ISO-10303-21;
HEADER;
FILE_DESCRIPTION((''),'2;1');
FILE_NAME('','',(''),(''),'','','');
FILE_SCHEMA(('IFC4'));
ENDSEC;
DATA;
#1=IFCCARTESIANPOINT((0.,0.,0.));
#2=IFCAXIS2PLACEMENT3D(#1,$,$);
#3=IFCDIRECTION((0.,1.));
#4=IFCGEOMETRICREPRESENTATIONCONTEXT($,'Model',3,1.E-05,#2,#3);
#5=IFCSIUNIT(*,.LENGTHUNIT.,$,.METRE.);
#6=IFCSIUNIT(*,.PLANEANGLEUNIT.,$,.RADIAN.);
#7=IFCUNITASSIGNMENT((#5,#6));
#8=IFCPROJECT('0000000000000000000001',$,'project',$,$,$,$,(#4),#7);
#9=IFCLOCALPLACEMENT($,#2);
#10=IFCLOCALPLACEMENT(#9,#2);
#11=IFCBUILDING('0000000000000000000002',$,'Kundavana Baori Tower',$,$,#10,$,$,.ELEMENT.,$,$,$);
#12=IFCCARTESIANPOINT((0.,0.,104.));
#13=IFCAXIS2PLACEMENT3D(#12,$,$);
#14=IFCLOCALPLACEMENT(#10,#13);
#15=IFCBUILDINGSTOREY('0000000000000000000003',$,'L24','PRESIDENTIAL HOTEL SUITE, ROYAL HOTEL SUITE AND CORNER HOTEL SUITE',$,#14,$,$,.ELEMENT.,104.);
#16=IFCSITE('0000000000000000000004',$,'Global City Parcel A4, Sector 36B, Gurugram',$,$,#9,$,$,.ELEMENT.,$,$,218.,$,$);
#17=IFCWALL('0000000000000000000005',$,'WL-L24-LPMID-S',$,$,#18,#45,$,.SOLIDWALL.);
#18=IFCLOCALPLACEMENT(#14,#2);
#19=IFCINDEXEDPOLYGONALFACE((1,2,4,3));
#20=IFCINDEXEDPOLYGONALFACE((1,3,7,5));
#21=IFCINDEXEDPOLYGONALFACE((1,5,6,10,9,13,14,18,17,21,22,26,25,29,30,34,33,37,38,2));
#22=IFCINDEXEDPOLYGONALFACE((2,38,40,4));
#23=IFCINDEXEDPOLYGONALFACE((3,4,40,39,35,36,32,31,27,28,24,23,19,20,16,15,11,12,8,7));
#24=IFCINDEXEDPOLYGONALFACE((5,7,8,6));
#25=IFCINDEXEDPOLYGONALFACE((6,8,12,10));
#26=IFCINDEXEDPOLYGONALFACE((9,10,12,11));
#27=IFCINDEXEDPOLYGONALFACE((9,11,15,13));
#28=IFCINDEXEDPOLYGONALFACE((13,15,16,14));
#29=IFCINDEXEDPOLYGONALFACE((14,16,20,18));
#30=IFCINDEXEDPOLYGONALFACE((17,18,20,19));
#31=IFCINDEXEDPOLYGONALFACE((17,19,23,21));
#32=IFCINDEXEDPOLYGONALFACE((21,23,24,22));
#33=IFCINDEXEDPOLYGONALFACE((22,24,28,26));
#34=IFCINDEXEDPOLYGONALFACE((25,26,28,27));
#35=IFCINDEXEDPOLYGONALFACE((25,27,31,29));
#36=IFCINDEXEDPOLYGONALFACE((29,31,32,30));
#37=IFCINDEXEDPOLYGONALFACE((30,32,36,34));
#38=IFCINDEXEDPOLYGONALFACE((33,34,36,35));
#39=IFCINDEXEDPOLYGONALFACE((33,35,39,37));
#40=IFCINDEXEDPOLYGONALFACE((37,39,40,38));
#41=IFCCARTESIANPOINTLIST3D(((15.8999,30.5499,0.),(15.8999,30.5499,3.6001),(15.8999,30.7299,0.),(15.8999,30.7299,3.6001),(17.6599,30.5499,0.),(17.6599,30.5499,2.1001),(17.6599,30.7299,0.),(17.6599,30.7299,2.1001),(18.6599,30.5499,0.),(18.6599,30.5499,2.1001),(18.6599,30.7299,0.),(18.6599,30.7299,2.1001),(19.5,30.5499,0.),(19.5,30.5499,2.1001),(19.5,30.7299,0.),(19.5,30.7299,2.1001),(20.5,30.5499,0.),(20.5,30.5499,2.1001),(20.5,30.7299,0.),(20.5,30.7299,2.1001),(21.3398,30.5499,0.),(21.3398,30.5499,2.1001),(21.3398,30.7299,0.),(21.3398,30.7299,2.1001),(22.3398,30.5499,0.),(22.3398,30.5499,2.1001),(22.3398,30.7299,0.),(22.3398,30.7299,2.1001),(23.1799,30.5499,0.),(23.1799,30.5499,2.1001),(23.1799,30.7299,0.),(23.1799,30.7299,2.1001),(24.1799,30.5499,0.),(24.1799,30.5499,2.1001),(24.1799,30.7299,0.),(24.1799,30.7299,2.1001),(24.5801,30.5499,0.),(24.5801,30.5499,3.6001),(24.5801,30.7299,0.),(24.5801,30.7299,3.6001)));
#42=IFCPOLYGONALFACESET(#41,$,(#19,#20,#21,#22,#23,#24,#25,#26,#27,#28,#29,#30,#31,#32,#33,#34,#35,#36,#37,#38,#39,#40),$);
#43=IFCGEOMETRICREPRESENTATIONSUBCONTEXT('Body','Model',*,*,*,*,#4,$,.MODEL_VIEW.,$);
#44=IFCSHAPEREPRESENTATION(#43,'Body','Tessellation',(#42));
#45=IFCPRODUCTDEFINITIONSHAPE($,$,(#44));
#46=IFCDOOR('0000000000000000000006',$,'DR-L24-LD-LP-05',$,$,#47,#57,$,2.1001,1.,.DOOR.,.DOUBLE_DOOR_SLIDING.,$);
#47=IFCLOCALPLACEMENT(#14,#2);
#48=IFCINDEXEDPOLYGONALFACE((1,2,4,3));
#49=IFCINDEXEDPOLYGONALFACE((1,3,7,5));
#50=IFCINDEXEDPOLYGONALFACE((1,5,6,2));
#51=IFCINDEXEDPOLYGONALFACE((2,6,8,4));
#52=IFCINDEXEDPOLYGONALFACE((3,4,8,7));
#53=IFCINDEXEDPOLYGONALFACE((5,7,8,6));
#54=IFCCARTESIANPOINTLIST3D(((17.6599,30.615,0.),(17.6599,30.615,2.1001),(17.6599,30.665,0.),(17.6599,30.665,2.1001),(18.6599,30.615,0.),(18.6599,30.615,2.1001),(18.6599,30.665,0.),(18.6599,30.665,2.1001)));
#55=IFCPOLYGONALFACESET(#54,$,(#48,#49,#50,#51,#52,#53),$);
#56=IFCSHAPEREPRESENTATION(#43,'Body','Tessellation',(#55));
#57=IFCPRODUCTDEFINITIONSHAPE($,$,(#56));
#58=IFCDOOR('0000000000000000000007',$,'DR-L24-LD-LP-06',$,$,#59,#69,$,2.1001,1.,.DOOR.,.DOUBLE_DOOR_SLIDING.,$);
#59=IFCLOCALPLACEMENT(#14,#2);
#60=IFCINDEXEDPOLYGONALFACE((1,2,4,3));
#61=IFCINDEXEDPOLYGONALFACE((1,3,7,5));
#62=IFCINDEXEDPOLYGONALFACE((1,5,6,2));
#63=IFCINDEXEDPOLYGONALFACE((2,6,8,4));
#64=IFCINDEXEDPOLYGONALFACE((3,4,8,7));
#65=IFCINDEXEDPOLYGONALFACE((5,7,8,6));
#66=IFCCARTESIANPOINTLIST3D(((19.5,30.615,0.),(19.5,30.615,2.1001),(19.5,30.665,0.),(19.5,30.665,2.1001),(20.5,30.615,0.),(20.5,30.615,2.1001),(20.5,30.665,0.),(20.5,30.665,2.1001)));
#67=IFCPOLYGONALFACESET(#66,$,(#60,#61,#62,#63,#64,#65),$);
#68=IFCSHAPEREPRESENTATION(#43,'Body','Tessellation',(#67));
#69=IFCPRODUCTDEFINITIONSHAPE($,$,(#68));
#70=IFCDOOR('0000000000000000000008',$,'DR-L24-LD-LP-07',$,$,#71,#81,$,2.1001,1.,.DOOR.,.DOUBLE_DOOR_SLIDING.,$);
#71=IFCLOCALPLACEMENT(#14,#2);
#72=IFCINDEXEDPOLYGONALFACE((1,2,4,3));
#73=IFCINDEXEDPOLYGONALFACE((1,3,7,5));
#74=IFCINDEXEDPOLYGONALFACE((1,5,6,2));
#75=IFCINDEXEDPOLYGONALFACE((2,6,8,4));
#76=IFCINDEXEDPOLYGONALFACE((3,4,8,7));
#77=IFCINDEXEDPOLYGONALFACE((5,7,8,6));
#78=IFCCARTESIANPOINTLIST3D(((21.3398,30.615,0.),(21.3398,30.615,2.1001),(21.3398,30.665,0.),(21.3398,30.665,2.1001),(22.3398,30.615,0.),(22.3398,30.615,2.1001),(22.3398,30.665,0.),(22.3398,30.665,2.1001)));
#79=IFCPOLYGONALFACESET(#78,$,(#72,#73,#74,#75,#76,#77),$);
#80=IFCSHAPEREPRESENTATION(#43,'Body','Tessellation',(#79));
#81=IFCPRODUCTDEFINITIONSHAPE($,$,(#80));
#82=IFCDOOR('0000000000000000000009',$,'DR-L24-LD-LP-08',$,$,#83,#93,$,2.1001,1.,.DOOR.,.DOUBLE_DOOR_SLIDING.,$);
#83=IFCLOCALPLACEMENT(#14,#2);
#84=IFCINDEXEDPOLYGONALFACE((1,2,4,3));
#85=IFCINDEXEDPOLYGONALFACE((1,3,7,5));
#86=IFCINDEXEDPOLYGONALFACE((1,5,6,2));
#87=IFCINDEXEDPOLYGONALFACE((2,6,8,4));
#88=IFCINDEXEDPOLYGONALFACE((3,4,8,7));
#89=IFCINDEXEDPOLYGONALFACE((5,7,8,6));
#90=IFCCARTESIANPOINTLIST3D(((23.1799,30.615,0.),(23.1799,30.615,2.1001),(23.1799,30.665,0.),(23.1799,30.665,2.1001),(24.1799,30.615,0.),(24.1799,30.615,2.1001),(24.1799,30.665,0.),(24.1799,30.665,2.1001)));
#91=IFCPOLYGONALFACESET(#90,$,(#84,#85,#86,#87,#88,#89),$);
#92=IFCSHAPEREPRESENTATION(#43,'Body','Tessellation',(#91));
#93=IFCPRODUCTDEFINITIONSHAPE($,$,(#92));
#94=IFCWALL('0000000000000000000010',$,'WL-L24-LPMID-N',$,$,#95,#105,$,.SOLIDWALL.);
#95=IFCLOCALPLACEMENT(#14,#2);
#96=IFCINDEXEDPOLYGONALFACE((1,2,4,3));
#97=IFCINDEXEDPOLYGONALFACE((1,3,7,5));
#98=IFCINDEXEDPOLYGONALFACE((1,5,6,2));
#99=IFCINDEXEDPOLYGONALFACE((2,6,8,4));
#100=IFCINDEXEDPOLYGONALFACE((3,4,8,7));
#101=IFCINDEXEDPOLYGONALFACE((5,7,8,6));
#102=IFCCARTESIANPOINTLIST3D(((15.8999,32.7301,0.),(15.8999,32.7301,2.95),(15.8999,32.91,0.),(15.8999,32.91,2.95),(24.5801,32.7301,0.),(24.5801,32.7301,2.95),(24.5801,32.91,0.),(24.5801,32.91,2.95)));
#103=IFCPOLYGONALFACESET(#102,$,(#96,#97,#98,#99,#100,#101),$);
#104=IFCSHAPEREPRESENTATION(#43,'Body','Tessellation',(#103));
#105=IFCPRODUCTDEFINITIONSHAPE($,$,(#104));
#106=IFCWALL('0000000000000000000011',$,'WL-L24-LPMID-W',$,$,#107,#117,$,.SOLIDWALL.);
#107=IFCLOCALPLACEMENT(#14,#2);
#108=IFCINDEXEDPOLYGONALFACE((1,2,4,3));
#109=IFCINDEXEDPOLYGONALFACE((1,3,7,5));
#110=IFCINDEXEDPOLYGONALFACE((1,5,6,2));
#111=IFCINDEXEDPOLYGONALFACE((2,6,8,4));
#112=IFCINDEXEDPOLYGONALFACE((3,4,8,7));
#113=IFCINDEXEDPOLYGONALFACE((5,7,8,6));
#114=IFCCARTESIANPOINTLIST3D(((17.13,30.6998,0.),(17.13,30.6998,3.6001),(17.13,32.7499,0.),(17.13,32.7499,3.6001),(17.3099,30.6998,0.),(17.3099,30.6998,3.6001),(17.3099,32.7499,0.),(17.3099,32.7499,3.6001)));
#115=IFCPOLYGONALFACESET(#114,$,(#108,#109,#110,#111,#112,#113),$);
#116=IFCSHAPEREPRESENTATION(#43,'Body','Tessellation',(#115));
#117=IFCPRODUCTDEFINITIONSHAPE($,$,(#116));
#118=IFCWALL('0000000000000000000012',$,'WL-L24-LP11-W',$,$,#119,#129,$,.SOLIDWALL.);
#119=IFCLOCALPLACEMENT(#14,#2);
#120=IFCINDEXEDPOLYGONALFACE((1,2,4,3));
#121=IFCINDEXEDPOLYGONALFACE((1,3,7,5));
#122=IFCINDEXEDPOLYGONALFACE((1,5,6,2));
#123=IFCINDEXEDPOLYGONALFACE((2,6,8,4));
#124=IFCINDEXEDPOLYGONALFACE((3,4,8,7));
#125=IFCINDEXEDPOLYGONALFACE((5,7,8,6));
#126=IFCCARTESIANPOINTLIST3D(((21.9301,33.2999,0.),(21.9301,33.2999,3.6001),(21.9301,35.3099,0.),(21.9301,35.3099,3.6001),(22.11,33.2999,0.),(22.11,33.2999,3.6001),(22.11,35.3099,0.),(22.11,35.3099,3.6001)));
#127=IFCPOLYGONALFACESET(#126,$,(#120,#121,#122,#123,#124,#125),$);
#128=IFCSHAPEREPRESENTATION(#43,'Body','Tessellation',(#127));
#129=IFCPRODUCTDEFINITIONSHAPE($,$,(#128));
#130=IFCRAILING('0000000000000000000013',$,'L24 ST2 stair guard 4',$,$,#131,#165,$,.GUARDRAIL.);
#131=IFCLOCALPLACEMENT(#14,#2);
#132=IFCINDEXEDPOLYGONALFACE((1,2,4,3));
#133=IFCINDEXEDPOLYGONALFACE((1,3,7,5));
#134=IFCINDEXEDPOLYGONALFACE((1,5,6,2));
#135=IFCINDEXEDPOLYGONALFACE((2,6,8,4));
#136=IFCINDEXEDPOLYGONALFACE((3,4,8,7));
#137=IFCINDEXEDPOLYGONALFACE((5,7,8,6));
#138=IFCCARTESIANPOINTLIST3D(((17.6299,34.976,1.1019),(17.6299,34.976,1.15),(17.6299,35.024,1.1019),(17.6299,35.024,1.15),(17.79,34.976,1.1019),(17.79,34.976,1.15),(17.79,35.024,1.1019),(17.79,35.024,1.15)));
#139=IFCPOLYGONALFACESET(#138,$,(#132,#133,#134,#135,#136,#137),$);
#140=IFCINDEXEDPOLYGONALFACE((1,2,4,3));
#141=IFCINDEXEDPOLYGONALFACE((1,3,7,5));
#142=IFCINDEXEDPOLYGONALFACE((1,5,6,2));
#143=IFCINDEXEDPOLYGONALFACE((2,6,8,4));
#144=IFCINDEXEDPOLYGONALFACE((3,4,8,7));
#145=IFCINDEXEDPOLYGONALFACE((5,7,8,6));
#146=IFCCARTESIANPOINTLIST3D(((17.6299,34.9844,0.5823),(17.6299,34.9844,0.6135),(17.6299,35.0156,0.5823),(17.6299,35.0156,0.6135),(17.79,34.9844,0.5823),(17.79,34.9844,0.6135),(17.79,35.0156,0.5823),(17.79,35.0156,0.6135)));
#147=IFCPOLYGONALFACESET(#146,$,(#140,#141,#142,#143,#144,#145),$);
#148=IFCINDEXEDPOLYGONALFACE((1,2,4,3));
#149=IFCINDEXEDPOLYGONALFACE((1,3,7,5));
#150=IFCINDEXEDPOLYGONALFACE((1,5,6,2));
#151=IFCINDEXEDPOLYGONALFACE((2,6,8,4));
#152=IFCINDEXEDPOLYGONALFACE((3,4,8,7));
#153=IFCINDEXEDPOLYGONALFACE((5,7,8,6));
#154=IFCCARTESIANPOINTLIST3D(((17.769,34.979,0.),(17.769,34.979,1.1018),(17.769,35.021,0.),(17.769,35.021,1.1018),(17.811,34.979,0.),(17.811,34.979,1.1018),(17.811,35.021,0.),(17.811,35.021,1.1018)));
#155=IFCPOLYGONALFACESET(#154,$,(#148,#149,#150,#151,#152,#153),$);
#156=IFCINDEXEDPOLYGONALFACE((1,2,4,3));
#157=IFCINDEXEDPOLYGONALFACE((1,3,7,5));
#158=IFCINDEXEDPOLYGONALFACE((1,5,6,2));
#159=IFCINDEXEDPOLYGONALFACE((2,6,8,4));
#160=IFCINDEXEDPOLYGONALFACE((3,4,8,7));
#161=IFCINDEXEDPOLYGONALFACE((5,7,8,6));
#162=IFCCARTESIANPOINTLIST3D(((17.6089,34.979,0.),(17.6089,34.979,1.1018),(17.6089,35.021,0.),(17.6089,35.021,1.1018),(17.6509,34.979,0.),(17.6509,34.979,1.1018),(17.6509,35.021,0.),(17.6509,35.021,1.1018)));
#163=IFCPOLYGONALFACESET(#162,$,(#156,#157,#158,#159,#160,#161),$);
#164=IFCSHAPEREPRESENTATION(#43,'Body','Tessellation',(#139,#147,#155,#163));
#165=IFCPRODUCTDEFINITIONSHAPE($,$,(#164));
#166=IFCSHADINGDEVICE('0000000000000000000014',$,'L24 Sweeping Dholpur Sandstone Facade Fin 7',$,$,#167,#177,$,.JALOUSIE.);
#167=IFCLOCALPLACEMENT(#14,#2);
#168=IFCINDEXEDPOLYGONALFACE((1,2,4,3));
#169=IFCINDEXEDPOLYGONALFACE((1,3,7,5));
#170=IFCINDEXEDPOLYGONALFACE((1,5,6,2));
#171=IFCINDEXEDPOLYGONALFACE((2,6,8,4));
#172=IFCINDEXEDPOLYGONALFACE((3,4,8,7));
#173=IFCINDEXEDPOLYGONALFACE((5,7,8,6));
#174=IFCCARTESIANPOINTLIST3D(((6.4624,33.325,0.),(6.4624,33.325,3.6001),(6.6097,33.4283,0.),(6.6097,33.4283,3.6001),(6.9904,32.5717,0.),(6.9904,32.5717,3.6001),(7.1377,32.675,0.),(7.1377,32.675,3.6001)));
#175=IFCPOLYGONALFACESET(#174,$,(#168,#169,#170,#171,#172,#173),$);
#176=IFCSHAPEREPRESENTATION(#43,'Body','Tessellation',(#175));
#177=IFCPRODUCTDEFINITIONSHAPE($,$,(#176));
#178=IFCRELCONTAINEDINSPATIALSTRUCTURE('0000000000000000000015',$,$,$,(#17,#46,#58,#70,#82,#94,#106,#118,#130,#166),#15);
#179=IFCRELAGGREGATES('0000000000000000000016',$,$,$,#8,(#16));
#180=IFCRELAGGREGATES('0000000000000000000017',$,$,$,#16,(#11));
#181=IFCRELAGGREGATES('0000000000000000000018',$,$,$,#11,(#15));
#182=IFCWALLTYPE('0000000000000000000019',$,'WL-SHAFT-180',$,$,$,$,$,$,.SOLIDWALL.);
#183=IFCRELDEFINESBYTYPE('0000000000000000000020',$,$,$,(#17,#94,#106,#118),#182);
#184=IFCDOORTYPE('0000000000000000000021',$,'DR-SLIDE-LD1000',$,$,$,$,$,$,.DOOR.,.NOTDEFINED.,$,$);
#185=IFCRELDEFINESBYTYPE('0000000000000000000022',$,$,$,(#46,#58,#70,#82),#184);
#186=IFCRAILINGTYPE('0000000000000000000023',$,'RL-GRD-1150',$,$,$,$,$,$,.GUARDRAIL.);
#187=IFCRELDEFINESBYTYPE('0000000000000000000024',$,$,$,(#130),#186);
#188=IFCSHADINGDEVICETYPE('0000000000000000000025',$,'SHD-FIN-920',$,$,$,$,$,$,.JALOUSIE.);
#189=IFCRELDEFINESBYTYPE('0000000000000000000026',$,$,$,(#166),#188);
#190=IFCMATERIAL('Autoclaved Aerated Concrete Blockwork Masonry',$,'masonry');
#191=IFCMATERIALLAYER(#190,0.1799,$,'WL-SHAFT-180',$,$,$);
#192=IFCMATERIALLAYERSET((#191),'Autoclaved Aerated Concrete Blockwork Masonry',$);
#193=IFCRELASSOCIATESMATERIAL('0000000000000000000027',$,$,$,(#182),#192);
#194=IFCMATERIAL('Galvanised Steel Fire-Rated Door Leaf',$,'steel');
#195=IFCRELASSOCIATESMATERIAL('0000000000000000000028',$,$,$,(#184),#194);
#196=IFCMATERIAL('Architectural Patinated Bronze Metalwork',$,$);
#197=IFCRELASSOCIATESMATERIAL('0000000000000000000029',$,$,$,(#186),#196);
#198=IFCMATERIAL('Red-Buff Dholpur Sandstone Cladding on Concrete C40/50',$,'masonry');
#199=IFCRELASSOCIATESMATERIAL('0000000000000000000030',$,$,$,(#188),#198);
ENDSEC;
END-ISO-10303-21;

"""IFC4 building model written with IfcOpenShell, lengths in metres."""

from ifc_helpers import new_model, si_unit, direction, frame, frame_2d, origin, origin_2d, place, context, subcontext, project, spatial, rectangle, extrude, material, layer, layer_set, type_object, element, fill, save


model = new_model("IFC4")

# Units and contexts
model_context = context("Model", 3, precision=1e-05, world=origin(), true_north=direction((0.0, 1.0)))
body_context = subcontext(model_context, "Body", "Model", "MODEL_VIEW")
ifc_project = project(units=[si_unit("LENGTHUNIT", "METRE"), si_unit("PLANEANGLEUNIT", "RADIAN")], contexts=[model_context])

# Site, building, storey
site_placement = place(None, origin())
site = spatial("IfcSite", under=ifc_project, at=site_placement, Name="Global City Parcel A4, Sector 36B, Gurugram", CompositionType="ELEMENT", RefElevation=218.0)
building_placement = place(site_placement, origin())
building = spatial("IfcBuilding", under=site, at=building_placement, Name="Kundavana Baori Tower", CompositionType="ELEMENT")
storey_placement = place(building_placement, frame((0.0, 0.0, 104.0)))
storey = spatial("IfcBuildingStorey", under=building, at=storey_placement, Name="L24", Description="PRESIDENTIAL HOTEL SUITE, ROYAL HOTEL SUITE AND CORNER HOTEL SUITE", CompositionType="ELEMENT", Elevation=104.0)

# Shared definitions
ifc_material_1 = material(Name="Autoclaved Aerated Concrete Blockwork Masonry", Category="masonry")
ifc_layer_1 = layer(ifc_material_1, 0.1799, Name="WL-SHAFT-180")
ifc_layer_set_1 = layer_set([ifc_layer_1], Name="Autoclaved Aerated Concrete Blockwork Masonry")
wall_type_1 = type_object("IfcWallType", Name="WL-SHAFT-180", PredefinedType="SOLIDWALL", material=ifc_layer_set_1)

# Wall, openings, doors
wall_1_placement = place(storey_placement, frame((15.8999, 30.6399, 0.0), z_axis=(0.0, 0.0, 1.0), x_axis=(1.0, 0.0, 0.0)))
wall_1 = element("IfcWall", 1, at=wall_1_placement, inside=storey, type_object=wall_type_1, Name="WL-L24-LPMID-S", PredefinedType="SOLIDWALL", context=body_context, shape_type="SweptSolid", body=[
    extrude(rectangle(XDim=8.6802, YDim=0.1799, at=frame_2d((4.3401, 0.0))), origin(), (0.0, 0.0, 1.0), 3.6001),
])
opening_1_placement = place(wall_1_placement, frame((1.76, 0.0, 0.0)))
opening_1 = element("IfcOpeningElement", 2, at=opening_1_placement, cuts=wall_1, PredefinedType="OPENING", context=body_context, shape_type="SweptSolid", body=[
    extrude(rectangle(XDim=1.0, YDim=2.1001, at=frame_2d((0.5, 1.05))), frame((0.0, 0.1001, 0.0), z_axis=(0.0, -1.0, 0.0), x_axis=(1.0, 0.0, 0.0)), (0.0, 0.0, 1.0), 0.2),
])
opening_2_placement = place(wall_1_placement, frame((3.6001, 0.0, 0.0)))
opening_2 = element("IfcOpeningElement", 3, at=opening_2_placement, cuts=wall_1, PredefinedType="OPENING", context=body_context, shape_type="SweptSolid", body=[
    extrude(rectangle(XDim=1.0, YDim=2.1001, at=frame_2d((0.5, 1.05))), frame((0.0, 0.1001, 0.0), z_axis=(0.0, -1.0, 0.0), x_axis=(1.0, 0.0, 0.0)), (0.0, 0.0, 1.0), 0.2),
])
opening_3_placement = place(wall_1_placement, frame((5.4399, 0.0, 0.0)))
opening_3 = element("IfcOpeningElement", 4, at=opening_3_placement, cuts=wall_1, PredefinedType="OPENING", context=body_context, shape_type="SweptSolid", body=[
    extrude(rectangle(XDim=1.0, YDim=2.1001, at=frame_2d((0.5, 1.05))), frame((0.0, 0.1001, 0.0), z_axis=(0.0, -1.0, 0.0), x_axis=(1.0, 0.0, 0.0)), (0.0, 0.0, 1.0), 0.2),
])
opening_4_placement = place(wall_1_placement, frame((7.28, 0.0, 0.0)))
opening_4 = element("IfcOpeningElement", 5, at=opening_4_placement, cuts=wall_1, PredefinedType="OPENING", context=body_context, shape_type="SweptSolid", body=[
    extrude(rectangle(XDim=1.0, YDim=2.1001, at=frame_2d((0.5, 1.05))), frame((0.0, 0.1001, 0.0), z_axis=(0.0, -1.0, 0.0), x_axis=(1.0, 0.0, 0.0)), (0.0, 0.0, 1.0), 0.2),
])
ifc_material_2 = material(Name="Galvanised Steel Fire-Rated Door Leaf", Category="steel")
door_type_1 = type_object("IfcDoorType", Name="DR-SLIDE-LD1000", OperationType="NOTDEFINED", PredefinedType="DOOR", material=ifc_material_2)
door_1_placement = place(opening_1_placement, frame((1.0, 0.0, 0.0), z_axis=(0.0, 0.0, 1.0), x_axis=(-1.0, 0.0, 0.0)))
door_1 = element("IfcDoor", 6, at=door_1_placement, inside=storey, type_object=door_type_1, Name="DR-L24-LD-LP-05", OperationType="DOUBLE_DOOR_SLIDING", OverallHeight=2.1001, OverallWidth=1.0, PredefinedType="DOOR", context=body_context, shape_type="SweptSolid", body=[
    extrude(rectangle(XDim=1.0, YDim=2.1001, at=frame_2d((0.5, 1.05))), frame((0.0, 0.0249, 0.0), z_axis=(0.0, -1.0, 0.0), x_axis=(1.0, 0.0, 0.0)), (0.0, 0.0, 1.0), 0.05),
])
fill(opening_1, door_1)
door_2_placement = place(opening_2_placement, frame((1.0, 0.0, 0.0), z_axis=(0.0, 0.0, 1.0), x_axis=(-1.0, 0.0, 0.0)))
door_2 = element("IfcDoor", 7, at=door_2_placement, inside=storey, type_object=door_type_1, Name="DR-L24-LD-LP-06", OperationType="DOUBLE_DOOR_SLIDING", OverallHeight=2.1001, OverallWidth=1.0, PredefinedType="DOOR", context=body_context, shape_type="SweptSolid", body=[
    extrude(rectangle(XDim=1.0, YDim=2.1001, at=frame_2d((0.5, 1.05))), frame((0.0, 0.0249, 0.0), z_axis=(0.0, -1.0, 0.0), x_axis=(1.0, 0.0, 0.0)), (0.0, 0.0, 1.0), 0.05),
])
fill(opening_2, door_2)
door_3_placement = place(opening_3_placement, frame((1.0, 0.0, 0.0), z_axis=(0.0, 0.0, 1.0), x_axis=(-1.0, 0.0, 0.0)))
door_3 = element("IfcDoor", 8, at=door_3_placement, inside=storey, type_object=door_type_1, Name="DR-L24-LD-LP-07", OperationType="DOUBLE_DOOR_SLIDING", OverallHeight=2.1001, OverallWidth=1.0, PredefinedType="DOOR", context=body_context, shape_type="SweptSolid", body=[
    extrude(rectangle(XDim=1.0, YDim=2.1001, at=frame_2d((0.5, 1.05))), frame((0.0, 0.0249, 0.0), z_axis=(0.0, -1.0, 0.0), x_axis=(1.0, 0.0, 0.0)), (0.0, 0.0, 1.0), 0.05),
])
fill(opening_3, door_3)
door_4_placement = place(opening_4_placement, frame((1.0, 0.0, 0.0), z_axis=(0.0, 0.0, 1.0), x_axis=(-1.0, 0.0, 0.0)))
door_4 = element("IfcDoor", 9, at=door_4_placement, inside=storey, type_object=door_type_1, Name="DR-L24-LD-LP-08", OperationType="DOUBLE_DOOR_SLIDING", OverallHeight=2.1001, OverallWidth=1.0, PredefinedType="DOOR", context=body_context, shape_type="SweptSolid", body=[
    extrude(rectangle(XDim=1.0, YDim=2.1001, at=frame_2d((0.5, 1.05))), frame((0.0, 0.0249, 0.0), z_axis=(0.0, -1.0, 0.0), x_axis=(1.0, 0.0, 0.0)), (0.0, 0.0, 1.0), 0.05),
])
fill(opening_4, door_4)

# Walls
wall_2_placement = place(storey_placement, frame((15.8999, 32.8201, 0.0), z_axis=(0.0, 0.0, 1.0), x_axis=(1.0, 0.0, 0.0)))
element("IfcWall", 10, at=wall_2_placement, inside=storey, type_object=wall_type_1, Name="WL-L24-LPMID-N", PredefinedType="SOLIDWALL", context=body_context, shape_type="SweptSolid", body=[
    extrude(rectangle(XDim=8.6802, YDim=0.1799, at=frame_2d((4.3401, 0.0))), origin(), (0.0, 0.0, 1.0), 2.95),
])
wall_3_placement = place(storey_placement, frame((17.22, 30.7, 0.0), z_axis=(0.0, 0.0, 1.0), x_axis=(0.0, 1.0, 0.0)))
element("IfcWall", 11, at=wall_3_placement, inside=storey, type_object=wall_type_1, Name="WL-L24-LPMID-W", PredefinedType="SOLIDWALL", context=body_context, shape_type="SweptSolid", body=[
    extrude(rectangle(XDim=2.05, YDim=0.1799, at=frame_2d((1.0249, 0.0))), origin(), (0.0, 0.0, 1.0), 3.6001),
])
wall_4_placement = place(storey_placement, frame((22.02, 33.3, 0.0), z_axis=(0.0, 0.0, 1.0), x_axis=(0.0, 1.0, 0.0)))
element("IfcWall", 12, at=wall_4_placement, inside=storey, type_object=wall_type_1, Name="WL-L24-LP11-W", PredefinedType="SOLIDWALL", context=body_context, shape_type="SweptSolid", body=[
    extrude(rectangle(XDim=2.01, YDim=0.1799, at=frame_2d((1.0049, 0.0))), origin(), (0.0, 0.0, 1.0), 3.6001),
])

# Railing
ifc_material_3 = material(Name="Architectural Patinated Bronze Metalwork")
railing_type = type_object("IfcRailingType", Name="RL-GRD-1150", PredefinedType="GUARDRAIL", material=ifc_material_3)
railing_placement = place(storey_placement, frame((17.79, 35.0, 0.0)))
element("IfcRailing", 13, at=railing_placement, inside=storey, type_object=railing_type, Name="L24 ST2 stair guard 4", PredefinedType="GUARDRAIL", context=body_context, shape_type="SweptSolid", body=[
    extrude(rectangle(XDim=0.0481, YDim=0.0481, at=origin_2d()), frame((0.0, 0.0, 1.126), z_axis=(-1.0, 0.0, 0.0), x_axis=(0.0, -1.0, 0.0)), (0.0, 0.0, 1.0), 0.1602),
    extrude(rectangle(XDim=0.0312, YDim=0.0312, at=origin_2d()), frame((0.0, 0.0, 0.5979), z_axis=(-1.0, 0.0, 0.0), x_axis=(0.0, -1.0, 0.0)), (0.0, 0.0, 1.0), 0.1602),
    extrude(rectangle(XDim=0.042, YDim=0.042, at=origin_2d()), origin(), (0.0, 0.0, 1.0), 1.1018),
    extrude(rectangle(XDim=0.042, YDim=0.042, at=origin_2d()), frame((-0.1602, 0.0, 0.0)), (0.0, 0.0, 1.0), 1.1018),
])

# Shading device
ifc_material_4 = material(Name="Red-Buff Dholpur Sandstone Cladding on Concrete C40/50", Category="masonry")
shading_device_type = type_object("IfcShadingDeviceType", Name="SHD-FIN-920", PredefinedType="JALOUSIE", material=ifc_material_4)
shading_device_placement = place(storey_placement, frame((6.8, 33.0, 0.0), z_axis=(0.0, 0.0, 1.0), x_axis=(0.818852, 0.574005, 0.0)))
element("IfcShadingDevice", 14, at=shading_device_placement, inside=storey, type_object=shading_device_type, Name="L24 Sweeping Dholpur Sandstone Facade Fin 7", PredefinedType="JALOUSIE", context=body_context, shape_type="SweptSolid", body=[
    extrude(rectangle(XDim=0.1799, YDim=0.9199, at=origin_2d()), origin(), (0.0, 0.0, 1.0), 3.6001),
])

save(model, "model.ifc")
